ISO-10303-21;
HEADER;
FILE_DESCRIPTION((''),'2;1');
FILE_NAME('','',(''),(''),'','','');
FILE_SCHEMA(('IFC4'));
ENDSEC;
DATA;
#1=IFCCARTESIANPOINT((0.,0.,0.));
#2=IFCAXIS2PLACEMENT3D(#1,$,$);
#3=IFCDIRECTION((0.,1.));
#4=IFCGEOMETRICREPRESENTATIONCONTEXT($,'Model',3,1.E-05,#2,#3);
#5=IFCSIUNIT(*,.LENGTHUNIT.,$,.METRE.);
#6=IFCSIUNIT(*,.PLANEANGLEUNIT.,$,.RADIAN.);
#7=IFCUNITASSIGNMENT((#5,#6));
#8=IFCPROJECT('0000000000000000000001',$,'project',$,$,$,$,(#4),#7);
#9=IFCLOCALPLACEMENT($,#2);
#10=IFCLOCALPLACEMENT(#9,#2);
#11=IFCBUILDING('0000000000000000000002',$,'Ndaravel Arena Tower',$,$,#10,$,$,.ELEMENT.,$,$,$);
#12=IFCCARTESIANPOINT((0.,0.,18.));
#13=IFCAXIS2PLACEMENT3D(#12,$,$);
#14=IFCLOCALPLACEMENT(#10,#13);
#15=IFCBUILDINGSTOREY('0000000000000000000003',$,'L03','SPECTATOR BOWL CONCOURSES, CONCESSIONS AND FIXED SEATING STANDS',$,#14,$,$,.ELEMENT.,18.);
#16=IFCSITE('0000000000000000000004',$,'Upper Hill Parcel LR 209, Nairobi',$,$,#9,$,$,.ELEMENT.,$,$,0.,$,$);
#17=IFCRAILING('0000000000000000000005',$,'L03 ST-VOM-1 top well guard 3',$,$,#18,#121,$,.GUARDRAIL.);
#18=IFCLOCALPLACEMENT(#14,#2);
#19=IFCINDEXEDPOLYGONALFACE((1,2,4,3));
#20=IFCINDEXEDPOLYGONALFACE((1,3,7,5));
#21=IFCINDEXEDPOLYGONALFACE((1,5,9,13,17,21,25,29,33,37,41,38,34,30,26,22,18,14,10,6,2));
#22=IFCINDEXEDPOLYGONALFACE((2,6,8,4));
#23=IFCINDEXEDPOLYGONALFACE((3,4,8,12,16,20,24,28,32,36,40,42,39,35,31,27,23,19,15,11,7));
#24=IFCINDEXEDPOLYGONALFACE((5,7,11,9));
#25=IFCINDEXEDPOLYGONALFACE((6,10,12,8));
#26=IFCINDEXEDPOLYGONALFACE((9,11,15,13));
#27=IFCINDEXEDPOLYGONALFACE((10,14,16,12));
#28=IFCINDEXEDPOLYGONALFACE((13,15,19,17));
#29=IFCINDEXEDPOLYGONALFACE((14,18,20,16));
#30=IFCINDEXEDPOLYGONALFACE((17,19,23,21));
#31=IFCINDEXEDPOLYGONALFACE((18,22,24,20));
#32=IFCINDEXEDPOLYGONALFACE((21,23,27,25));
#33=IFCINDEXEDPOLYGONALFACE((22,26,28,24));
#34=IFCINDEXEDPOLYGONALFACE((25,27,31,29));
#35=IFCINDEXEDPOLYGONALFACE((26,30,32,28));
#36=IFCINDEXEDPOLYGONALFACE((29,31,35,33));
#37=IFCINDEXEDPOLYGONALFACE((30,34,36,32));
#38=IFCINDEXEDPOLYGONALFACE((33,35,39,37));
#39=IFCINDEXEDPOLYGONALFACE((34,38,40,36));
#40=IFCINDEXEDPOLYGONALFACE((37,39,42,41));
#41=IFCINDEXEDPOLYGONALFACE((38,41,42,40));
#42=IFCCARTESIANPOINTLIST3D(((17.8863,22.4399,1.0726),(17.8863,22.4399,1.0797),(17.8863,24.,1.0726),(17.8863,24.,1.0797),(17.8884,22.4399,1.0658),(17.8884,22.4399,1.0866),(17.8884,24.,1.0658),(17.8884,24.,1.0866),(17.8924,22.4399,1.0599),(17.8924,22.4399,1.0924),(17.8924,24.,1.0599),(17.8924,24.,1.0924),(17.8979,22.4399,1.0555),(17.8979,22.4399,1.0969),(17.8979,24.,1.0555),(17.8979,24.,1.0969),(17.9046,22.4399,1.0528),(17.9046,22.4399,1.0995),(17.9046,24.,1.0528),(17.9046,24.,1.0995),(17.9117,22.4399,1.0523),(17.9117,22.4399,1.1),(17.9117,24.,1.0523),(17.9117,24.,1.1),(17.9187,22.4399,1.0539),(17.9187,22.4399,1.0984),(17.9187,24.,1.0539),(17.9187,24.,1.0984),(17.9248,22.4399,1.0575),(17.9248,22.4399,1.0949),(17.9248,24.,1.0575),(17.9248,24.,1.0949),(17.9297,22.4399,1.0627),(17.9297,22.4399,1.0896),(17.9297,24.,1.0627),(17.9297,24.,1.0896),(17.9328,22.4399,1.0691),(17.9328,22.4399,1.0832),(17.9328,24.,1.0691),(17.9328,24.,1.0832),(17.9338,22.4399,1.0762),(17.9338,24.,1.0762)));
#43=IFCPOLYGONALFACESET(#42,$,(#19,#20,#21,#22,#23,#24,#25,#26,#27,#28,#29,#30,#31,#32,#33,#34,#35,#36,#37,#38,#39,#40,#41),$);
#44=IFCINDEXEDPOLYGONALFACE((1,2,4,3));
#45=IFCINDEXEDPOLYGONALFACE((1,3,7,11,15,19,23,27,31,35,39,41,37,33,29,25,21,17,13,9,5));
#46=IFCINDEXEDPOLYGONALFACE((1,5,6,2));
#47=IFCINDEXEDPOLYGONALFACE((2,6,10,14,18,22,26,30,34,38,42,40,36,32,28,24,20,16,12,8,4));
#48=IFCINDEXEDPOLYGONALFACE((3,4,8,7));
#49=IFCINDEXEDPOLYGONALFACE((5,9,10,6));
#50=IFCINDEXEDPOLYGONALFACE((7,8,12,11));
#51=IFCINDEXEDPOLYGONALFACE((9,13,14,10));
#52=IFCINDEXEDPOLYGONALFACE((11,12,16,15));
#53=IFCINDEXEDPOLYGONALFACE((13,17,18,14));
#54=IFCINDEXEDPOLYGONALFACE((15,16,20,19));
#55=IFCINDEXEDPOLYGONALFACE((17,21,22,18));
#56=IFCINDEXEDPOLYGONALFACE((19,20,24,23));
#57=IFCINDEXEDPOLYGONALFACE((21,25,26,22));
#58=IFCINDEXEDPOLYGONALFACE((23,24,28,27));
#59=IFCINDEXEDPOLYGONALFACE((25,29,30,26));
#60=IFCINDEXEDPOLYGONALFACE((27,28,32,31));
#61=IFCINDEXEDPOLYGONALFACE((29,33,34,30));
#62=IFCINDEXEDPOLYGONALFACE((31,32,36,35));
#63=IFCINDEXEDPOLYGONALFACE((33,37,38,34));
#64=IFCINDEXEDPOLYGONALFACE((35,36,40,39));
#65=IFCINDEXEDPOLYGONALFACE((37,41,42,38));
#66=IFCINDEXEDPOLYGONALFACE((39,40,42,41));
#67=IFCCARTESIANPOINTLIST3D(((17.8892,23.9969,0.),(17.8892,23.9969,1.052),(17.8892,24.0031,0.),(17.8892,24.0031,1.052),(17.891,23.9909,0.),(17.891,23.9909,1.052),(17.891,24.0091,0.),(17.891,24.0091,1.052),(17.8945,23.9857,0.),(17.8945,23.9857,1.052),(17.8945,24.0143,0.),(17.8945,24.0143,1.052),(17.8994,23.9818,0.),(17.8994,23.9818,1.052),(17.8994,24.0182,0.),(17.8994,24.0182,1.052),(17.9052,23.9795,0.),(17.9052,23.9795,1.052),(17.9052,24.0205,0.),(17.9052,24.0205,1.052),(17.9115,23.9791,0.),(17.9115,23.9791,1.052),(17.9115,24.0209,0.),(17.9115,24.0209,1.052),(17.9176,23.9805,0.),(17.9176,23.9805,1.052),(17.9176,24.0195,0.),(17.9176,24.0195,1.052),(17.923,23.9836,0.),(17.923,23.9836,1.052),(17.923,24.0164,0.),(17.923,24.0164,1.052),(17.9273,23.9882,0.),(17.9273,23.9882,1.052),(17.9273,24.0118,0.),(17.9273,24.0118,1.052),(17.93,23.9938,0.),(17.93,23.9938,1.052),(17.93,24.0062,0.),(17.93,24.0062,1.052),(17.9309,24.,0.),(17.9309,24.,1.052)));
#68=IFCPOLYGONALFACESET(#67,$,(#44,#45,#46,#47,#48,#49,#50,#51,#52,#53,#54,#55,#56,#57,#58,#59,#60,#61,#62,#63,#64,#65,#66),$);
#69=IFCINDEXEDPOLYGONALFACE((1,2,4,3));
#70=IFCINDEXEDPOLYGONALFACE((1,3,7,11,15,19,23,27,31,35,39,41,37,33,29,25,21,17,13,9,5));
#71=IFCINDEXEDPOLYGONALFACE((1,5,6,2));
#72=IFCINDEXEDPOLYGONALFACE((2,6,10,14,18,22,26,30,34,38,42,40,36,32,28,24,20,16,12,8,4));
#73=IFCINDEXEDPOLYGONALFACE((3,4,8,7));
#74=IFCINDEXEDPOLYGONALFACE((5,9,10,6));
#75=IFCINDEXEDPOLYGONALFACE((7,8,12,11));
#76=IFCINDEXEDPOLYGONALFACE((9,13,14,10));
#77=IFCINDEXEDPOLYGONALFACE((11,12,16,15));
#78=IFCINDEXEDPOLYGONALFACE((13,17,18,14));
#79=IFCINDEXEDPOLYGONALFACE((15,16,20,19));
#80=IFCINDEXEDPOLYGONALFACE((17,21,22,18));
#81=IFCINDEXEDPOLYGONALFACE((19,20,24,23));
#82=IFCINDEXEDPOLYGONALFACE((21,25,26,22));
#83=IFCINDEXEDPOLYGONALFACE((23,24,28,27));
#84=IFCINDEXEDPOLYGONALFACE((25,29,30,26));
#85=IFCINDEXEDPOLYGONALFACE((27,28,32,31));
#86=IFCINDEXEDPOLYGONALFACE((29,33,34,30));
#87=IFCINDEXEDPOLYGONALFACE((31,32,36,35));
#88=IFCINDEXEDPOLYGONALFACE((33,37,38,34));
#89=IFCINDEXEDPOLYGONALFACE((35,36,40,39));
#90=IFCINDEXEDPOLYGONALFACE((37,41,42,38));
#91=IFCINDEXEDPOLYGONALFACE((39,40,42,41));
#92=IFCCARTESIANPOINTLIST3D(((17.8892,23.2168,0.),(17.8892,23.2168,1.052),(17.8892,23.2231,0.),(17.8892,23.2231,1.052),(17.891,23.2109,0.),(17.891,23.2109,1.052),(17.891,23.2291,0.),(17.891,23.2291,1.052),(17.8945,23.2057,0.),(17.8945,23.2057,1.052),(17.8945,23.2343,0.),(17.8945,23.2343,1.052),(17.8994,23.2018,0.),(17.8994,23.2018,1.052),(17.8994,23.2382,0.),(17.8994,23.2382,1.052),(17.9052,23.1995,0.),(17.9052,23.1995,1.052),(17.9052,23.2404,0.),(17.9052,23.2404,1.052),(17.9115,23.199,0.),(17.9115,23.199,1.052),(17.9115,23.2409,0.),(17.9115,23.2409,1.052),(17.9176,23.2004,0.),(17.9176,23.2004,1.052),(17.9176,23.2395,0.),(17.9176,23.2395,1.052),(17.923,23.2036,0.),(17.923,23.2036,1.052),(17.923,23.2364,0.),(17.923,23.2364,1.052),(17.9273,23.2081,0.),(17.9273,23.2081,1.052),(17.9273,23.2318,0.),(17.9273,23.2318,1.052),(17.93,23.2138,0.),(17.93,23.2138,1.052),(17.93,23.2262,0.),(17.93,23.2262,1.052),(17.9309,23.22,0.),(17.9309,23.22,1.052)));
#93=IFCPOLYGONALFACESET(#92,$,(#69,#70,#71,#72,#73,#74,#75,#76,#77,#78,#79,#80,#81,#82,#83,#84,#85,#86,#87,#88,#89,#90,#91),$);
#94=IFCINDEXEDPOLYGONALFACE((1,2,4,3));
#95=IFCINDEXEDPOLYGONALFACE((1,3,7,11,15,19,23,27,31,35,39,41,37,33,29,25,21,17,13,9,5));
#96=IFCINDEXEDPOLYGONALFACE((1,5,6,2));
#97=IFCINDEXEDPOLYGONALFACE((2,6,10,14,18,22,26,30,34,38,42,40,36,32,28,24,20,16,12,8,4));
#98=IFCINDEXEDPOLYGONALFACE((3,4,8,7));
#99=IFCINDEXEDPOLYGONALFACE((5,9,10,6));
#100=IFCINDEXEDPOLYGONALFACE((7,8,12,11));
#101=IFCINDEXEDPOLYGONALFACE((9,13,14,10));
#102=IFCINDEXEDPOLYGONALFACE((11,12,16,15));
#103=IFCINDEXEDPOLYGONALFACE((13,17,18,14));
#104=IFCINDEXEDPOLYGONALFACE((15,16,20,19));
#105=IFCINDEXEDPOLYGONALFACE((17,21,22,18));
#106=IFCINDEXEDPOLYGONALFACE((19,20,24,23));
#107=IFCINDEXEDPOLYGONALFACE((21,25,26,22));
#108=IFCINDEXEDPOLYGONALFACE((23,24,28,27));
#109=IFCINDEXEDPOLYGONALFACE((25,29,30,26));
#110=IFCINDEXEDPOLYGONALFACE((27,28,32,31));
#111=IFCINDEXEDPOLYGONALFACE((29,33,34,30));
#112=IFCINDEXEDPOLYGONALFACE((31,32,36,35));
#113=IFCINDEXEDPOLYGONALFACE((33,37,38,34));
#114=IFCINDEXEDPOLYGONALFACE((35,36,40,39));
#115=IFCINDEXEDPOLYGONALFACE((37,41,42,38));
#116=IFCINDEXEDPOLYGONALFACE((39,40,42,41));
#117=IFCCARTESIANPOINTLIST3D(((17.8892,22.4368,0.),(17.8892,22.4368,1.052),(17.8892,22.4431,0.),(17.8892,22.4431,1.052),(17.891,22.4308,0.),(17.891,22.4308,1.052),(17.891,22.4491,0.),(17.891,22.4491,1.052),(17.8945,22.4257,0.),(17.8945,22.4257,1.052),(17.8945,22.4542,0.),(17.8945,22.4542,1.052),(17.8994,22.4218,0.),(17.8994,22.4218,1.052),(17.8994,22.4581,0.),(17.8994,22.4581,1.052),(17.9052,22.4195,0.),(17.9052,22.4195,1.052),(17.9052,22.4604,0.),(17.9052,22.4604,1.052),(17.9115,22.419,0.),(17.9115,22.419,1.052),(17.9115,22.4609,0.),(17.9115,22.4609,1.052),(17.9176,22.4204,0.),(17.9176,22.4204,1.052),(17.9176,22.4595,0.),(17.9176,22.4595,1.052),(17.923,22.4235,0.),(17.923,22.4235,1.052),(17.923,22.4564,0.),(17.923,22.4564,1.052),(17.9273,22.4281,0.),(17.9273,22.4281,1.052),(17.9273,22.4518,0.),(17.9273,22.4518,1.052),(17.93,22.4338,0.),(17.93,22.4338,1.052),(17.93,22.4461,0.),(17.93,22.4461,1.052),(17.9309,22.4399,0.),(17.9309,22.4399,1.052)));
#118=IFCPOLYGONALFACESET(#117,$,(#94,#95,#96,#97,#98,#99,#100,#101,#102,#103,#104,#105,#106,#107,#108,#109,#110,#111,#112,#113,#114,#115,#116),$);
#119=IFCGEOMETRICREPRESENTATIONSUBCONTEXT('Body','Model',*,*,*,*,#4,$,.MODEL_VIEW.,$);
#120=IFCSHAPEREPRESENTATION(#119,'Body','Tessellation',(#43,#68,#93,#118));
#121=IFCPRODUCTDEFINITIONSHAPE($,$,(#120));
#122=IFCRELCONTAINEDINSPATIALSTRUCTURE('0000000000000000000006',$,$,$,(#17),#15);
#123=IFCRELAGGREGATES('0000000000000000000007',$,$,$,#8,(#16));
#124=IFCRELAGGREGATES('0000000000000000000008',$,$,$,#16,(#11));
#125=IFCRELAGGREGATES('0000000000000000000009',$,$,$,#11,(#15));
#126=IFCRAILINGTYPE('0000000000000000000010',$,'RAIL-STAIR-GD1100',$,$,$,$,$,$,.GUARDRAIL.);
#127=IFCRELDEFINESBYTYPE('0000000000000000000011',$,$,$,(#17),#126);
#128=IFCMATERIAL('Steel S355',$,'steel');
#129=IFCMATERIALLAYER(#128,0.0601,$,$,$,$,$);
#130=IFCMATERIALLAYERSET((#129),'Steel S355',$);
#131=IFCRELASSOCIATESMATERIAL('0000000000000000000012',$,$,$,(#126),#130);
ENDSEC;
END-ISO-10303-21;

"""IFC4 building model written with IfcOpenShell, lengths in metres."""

from ifc_helpers import new_model, si_unit, direction, frame, origin, origin_2d, place, context, subcontext, project, spatial, circle, extrude, material, layer, layer_set, type_object, element, save


model = new_model("IFC4")

# Units and contexts
model_context = context("Model", 3, precision=1e-05, world=origin(), true_north=direction((0.0, 1.0)))
body_context = subcontext(model_context, "Body", "Model", "MODEL_VIEW")
ifc_project = project(units=[si_unit("LENGTHUNIT", "METRE"), si_unit("PLANEANGLEUNIT", "RADIAN")], contexts=[model_context])

# Site, building, storey
site_placement = place(None, origin())
site = spatial("IfcSite", under=ifc_project, at=site_placement, Name="Upper Hill Parcel LR 209, Nairobi", CompositionType="ELEMENT", RefElevation=0.0)
building_placement = place(site_placement, origin())
building = spatial("IfcBuilding", under=site, at=building_placement, Name="Ndaravel Arena Tower", CompositionType="ELEMENT")
storey_placement = place(building_placement, frame((0.0, 0.0, 18.0)))
storey = spatial("IfcBuildingStorey", under=building, at=storey_placement, Name="L03", Description="SPECTATOR BOWL CONCOURSES, CONCESSIONS AND FIXED SEATING STANDS", CompositionType="ELEMENT", Elevation=18.0)

# Railing
ifc_material_1 = material(Name="Steel S355", Category="steel")
ifc_layer_1 = layer(ifc_material_1, 0.0601)
ifc_layer_set_1 = layer_set([ifc_layer_1], Name="Steel S355")
railing_type_1 = type_object("IfcRailingType", Name="RAIL-STAIR-GD1100", PredefinedType="GUARDRAIL", material=ifc_layer_set_1)
for number, where, name in (
    (1, (17.9099, 24.0, 0.0), "L03 ST-VOM-1 top well guard 3"),
):
    element("IfcRailing", number, at=place(storey_placement, frame(where)), inside=storey, type_object=railing_type_1, Name=name, PredefinedType="GUARDRAIL", context=body_context, shape_type="SweptSolid", body=[
        extrude(circle(Radius=0.0239, at=origin_2d()), frame((0.0, 0.0, 1.0762), z_axis=(0.0, -1.0, 0.0), x_axis=(1.0, 0.0, 0.0)), (0.0, 0.0, 1.0), 1.5601),
        extrude(circle(Radius=0.021, at=origin_2d()), origin(), (0.0, 0.0, 1.0), 1.052),
        extrude(circle(Radius=0.021, at=origin_2d()), frame((0.0, -0.78, 0.0)), (0.0, 0.0, 1.0), 1.052),
        extrude(circle(Radius=0.021, at=origin_2d()), frame((0.0, -1.5601, 0.0)), (0.0, 0.0, 1.0), 1.052),
    ])

save(model, "model.ifc")
